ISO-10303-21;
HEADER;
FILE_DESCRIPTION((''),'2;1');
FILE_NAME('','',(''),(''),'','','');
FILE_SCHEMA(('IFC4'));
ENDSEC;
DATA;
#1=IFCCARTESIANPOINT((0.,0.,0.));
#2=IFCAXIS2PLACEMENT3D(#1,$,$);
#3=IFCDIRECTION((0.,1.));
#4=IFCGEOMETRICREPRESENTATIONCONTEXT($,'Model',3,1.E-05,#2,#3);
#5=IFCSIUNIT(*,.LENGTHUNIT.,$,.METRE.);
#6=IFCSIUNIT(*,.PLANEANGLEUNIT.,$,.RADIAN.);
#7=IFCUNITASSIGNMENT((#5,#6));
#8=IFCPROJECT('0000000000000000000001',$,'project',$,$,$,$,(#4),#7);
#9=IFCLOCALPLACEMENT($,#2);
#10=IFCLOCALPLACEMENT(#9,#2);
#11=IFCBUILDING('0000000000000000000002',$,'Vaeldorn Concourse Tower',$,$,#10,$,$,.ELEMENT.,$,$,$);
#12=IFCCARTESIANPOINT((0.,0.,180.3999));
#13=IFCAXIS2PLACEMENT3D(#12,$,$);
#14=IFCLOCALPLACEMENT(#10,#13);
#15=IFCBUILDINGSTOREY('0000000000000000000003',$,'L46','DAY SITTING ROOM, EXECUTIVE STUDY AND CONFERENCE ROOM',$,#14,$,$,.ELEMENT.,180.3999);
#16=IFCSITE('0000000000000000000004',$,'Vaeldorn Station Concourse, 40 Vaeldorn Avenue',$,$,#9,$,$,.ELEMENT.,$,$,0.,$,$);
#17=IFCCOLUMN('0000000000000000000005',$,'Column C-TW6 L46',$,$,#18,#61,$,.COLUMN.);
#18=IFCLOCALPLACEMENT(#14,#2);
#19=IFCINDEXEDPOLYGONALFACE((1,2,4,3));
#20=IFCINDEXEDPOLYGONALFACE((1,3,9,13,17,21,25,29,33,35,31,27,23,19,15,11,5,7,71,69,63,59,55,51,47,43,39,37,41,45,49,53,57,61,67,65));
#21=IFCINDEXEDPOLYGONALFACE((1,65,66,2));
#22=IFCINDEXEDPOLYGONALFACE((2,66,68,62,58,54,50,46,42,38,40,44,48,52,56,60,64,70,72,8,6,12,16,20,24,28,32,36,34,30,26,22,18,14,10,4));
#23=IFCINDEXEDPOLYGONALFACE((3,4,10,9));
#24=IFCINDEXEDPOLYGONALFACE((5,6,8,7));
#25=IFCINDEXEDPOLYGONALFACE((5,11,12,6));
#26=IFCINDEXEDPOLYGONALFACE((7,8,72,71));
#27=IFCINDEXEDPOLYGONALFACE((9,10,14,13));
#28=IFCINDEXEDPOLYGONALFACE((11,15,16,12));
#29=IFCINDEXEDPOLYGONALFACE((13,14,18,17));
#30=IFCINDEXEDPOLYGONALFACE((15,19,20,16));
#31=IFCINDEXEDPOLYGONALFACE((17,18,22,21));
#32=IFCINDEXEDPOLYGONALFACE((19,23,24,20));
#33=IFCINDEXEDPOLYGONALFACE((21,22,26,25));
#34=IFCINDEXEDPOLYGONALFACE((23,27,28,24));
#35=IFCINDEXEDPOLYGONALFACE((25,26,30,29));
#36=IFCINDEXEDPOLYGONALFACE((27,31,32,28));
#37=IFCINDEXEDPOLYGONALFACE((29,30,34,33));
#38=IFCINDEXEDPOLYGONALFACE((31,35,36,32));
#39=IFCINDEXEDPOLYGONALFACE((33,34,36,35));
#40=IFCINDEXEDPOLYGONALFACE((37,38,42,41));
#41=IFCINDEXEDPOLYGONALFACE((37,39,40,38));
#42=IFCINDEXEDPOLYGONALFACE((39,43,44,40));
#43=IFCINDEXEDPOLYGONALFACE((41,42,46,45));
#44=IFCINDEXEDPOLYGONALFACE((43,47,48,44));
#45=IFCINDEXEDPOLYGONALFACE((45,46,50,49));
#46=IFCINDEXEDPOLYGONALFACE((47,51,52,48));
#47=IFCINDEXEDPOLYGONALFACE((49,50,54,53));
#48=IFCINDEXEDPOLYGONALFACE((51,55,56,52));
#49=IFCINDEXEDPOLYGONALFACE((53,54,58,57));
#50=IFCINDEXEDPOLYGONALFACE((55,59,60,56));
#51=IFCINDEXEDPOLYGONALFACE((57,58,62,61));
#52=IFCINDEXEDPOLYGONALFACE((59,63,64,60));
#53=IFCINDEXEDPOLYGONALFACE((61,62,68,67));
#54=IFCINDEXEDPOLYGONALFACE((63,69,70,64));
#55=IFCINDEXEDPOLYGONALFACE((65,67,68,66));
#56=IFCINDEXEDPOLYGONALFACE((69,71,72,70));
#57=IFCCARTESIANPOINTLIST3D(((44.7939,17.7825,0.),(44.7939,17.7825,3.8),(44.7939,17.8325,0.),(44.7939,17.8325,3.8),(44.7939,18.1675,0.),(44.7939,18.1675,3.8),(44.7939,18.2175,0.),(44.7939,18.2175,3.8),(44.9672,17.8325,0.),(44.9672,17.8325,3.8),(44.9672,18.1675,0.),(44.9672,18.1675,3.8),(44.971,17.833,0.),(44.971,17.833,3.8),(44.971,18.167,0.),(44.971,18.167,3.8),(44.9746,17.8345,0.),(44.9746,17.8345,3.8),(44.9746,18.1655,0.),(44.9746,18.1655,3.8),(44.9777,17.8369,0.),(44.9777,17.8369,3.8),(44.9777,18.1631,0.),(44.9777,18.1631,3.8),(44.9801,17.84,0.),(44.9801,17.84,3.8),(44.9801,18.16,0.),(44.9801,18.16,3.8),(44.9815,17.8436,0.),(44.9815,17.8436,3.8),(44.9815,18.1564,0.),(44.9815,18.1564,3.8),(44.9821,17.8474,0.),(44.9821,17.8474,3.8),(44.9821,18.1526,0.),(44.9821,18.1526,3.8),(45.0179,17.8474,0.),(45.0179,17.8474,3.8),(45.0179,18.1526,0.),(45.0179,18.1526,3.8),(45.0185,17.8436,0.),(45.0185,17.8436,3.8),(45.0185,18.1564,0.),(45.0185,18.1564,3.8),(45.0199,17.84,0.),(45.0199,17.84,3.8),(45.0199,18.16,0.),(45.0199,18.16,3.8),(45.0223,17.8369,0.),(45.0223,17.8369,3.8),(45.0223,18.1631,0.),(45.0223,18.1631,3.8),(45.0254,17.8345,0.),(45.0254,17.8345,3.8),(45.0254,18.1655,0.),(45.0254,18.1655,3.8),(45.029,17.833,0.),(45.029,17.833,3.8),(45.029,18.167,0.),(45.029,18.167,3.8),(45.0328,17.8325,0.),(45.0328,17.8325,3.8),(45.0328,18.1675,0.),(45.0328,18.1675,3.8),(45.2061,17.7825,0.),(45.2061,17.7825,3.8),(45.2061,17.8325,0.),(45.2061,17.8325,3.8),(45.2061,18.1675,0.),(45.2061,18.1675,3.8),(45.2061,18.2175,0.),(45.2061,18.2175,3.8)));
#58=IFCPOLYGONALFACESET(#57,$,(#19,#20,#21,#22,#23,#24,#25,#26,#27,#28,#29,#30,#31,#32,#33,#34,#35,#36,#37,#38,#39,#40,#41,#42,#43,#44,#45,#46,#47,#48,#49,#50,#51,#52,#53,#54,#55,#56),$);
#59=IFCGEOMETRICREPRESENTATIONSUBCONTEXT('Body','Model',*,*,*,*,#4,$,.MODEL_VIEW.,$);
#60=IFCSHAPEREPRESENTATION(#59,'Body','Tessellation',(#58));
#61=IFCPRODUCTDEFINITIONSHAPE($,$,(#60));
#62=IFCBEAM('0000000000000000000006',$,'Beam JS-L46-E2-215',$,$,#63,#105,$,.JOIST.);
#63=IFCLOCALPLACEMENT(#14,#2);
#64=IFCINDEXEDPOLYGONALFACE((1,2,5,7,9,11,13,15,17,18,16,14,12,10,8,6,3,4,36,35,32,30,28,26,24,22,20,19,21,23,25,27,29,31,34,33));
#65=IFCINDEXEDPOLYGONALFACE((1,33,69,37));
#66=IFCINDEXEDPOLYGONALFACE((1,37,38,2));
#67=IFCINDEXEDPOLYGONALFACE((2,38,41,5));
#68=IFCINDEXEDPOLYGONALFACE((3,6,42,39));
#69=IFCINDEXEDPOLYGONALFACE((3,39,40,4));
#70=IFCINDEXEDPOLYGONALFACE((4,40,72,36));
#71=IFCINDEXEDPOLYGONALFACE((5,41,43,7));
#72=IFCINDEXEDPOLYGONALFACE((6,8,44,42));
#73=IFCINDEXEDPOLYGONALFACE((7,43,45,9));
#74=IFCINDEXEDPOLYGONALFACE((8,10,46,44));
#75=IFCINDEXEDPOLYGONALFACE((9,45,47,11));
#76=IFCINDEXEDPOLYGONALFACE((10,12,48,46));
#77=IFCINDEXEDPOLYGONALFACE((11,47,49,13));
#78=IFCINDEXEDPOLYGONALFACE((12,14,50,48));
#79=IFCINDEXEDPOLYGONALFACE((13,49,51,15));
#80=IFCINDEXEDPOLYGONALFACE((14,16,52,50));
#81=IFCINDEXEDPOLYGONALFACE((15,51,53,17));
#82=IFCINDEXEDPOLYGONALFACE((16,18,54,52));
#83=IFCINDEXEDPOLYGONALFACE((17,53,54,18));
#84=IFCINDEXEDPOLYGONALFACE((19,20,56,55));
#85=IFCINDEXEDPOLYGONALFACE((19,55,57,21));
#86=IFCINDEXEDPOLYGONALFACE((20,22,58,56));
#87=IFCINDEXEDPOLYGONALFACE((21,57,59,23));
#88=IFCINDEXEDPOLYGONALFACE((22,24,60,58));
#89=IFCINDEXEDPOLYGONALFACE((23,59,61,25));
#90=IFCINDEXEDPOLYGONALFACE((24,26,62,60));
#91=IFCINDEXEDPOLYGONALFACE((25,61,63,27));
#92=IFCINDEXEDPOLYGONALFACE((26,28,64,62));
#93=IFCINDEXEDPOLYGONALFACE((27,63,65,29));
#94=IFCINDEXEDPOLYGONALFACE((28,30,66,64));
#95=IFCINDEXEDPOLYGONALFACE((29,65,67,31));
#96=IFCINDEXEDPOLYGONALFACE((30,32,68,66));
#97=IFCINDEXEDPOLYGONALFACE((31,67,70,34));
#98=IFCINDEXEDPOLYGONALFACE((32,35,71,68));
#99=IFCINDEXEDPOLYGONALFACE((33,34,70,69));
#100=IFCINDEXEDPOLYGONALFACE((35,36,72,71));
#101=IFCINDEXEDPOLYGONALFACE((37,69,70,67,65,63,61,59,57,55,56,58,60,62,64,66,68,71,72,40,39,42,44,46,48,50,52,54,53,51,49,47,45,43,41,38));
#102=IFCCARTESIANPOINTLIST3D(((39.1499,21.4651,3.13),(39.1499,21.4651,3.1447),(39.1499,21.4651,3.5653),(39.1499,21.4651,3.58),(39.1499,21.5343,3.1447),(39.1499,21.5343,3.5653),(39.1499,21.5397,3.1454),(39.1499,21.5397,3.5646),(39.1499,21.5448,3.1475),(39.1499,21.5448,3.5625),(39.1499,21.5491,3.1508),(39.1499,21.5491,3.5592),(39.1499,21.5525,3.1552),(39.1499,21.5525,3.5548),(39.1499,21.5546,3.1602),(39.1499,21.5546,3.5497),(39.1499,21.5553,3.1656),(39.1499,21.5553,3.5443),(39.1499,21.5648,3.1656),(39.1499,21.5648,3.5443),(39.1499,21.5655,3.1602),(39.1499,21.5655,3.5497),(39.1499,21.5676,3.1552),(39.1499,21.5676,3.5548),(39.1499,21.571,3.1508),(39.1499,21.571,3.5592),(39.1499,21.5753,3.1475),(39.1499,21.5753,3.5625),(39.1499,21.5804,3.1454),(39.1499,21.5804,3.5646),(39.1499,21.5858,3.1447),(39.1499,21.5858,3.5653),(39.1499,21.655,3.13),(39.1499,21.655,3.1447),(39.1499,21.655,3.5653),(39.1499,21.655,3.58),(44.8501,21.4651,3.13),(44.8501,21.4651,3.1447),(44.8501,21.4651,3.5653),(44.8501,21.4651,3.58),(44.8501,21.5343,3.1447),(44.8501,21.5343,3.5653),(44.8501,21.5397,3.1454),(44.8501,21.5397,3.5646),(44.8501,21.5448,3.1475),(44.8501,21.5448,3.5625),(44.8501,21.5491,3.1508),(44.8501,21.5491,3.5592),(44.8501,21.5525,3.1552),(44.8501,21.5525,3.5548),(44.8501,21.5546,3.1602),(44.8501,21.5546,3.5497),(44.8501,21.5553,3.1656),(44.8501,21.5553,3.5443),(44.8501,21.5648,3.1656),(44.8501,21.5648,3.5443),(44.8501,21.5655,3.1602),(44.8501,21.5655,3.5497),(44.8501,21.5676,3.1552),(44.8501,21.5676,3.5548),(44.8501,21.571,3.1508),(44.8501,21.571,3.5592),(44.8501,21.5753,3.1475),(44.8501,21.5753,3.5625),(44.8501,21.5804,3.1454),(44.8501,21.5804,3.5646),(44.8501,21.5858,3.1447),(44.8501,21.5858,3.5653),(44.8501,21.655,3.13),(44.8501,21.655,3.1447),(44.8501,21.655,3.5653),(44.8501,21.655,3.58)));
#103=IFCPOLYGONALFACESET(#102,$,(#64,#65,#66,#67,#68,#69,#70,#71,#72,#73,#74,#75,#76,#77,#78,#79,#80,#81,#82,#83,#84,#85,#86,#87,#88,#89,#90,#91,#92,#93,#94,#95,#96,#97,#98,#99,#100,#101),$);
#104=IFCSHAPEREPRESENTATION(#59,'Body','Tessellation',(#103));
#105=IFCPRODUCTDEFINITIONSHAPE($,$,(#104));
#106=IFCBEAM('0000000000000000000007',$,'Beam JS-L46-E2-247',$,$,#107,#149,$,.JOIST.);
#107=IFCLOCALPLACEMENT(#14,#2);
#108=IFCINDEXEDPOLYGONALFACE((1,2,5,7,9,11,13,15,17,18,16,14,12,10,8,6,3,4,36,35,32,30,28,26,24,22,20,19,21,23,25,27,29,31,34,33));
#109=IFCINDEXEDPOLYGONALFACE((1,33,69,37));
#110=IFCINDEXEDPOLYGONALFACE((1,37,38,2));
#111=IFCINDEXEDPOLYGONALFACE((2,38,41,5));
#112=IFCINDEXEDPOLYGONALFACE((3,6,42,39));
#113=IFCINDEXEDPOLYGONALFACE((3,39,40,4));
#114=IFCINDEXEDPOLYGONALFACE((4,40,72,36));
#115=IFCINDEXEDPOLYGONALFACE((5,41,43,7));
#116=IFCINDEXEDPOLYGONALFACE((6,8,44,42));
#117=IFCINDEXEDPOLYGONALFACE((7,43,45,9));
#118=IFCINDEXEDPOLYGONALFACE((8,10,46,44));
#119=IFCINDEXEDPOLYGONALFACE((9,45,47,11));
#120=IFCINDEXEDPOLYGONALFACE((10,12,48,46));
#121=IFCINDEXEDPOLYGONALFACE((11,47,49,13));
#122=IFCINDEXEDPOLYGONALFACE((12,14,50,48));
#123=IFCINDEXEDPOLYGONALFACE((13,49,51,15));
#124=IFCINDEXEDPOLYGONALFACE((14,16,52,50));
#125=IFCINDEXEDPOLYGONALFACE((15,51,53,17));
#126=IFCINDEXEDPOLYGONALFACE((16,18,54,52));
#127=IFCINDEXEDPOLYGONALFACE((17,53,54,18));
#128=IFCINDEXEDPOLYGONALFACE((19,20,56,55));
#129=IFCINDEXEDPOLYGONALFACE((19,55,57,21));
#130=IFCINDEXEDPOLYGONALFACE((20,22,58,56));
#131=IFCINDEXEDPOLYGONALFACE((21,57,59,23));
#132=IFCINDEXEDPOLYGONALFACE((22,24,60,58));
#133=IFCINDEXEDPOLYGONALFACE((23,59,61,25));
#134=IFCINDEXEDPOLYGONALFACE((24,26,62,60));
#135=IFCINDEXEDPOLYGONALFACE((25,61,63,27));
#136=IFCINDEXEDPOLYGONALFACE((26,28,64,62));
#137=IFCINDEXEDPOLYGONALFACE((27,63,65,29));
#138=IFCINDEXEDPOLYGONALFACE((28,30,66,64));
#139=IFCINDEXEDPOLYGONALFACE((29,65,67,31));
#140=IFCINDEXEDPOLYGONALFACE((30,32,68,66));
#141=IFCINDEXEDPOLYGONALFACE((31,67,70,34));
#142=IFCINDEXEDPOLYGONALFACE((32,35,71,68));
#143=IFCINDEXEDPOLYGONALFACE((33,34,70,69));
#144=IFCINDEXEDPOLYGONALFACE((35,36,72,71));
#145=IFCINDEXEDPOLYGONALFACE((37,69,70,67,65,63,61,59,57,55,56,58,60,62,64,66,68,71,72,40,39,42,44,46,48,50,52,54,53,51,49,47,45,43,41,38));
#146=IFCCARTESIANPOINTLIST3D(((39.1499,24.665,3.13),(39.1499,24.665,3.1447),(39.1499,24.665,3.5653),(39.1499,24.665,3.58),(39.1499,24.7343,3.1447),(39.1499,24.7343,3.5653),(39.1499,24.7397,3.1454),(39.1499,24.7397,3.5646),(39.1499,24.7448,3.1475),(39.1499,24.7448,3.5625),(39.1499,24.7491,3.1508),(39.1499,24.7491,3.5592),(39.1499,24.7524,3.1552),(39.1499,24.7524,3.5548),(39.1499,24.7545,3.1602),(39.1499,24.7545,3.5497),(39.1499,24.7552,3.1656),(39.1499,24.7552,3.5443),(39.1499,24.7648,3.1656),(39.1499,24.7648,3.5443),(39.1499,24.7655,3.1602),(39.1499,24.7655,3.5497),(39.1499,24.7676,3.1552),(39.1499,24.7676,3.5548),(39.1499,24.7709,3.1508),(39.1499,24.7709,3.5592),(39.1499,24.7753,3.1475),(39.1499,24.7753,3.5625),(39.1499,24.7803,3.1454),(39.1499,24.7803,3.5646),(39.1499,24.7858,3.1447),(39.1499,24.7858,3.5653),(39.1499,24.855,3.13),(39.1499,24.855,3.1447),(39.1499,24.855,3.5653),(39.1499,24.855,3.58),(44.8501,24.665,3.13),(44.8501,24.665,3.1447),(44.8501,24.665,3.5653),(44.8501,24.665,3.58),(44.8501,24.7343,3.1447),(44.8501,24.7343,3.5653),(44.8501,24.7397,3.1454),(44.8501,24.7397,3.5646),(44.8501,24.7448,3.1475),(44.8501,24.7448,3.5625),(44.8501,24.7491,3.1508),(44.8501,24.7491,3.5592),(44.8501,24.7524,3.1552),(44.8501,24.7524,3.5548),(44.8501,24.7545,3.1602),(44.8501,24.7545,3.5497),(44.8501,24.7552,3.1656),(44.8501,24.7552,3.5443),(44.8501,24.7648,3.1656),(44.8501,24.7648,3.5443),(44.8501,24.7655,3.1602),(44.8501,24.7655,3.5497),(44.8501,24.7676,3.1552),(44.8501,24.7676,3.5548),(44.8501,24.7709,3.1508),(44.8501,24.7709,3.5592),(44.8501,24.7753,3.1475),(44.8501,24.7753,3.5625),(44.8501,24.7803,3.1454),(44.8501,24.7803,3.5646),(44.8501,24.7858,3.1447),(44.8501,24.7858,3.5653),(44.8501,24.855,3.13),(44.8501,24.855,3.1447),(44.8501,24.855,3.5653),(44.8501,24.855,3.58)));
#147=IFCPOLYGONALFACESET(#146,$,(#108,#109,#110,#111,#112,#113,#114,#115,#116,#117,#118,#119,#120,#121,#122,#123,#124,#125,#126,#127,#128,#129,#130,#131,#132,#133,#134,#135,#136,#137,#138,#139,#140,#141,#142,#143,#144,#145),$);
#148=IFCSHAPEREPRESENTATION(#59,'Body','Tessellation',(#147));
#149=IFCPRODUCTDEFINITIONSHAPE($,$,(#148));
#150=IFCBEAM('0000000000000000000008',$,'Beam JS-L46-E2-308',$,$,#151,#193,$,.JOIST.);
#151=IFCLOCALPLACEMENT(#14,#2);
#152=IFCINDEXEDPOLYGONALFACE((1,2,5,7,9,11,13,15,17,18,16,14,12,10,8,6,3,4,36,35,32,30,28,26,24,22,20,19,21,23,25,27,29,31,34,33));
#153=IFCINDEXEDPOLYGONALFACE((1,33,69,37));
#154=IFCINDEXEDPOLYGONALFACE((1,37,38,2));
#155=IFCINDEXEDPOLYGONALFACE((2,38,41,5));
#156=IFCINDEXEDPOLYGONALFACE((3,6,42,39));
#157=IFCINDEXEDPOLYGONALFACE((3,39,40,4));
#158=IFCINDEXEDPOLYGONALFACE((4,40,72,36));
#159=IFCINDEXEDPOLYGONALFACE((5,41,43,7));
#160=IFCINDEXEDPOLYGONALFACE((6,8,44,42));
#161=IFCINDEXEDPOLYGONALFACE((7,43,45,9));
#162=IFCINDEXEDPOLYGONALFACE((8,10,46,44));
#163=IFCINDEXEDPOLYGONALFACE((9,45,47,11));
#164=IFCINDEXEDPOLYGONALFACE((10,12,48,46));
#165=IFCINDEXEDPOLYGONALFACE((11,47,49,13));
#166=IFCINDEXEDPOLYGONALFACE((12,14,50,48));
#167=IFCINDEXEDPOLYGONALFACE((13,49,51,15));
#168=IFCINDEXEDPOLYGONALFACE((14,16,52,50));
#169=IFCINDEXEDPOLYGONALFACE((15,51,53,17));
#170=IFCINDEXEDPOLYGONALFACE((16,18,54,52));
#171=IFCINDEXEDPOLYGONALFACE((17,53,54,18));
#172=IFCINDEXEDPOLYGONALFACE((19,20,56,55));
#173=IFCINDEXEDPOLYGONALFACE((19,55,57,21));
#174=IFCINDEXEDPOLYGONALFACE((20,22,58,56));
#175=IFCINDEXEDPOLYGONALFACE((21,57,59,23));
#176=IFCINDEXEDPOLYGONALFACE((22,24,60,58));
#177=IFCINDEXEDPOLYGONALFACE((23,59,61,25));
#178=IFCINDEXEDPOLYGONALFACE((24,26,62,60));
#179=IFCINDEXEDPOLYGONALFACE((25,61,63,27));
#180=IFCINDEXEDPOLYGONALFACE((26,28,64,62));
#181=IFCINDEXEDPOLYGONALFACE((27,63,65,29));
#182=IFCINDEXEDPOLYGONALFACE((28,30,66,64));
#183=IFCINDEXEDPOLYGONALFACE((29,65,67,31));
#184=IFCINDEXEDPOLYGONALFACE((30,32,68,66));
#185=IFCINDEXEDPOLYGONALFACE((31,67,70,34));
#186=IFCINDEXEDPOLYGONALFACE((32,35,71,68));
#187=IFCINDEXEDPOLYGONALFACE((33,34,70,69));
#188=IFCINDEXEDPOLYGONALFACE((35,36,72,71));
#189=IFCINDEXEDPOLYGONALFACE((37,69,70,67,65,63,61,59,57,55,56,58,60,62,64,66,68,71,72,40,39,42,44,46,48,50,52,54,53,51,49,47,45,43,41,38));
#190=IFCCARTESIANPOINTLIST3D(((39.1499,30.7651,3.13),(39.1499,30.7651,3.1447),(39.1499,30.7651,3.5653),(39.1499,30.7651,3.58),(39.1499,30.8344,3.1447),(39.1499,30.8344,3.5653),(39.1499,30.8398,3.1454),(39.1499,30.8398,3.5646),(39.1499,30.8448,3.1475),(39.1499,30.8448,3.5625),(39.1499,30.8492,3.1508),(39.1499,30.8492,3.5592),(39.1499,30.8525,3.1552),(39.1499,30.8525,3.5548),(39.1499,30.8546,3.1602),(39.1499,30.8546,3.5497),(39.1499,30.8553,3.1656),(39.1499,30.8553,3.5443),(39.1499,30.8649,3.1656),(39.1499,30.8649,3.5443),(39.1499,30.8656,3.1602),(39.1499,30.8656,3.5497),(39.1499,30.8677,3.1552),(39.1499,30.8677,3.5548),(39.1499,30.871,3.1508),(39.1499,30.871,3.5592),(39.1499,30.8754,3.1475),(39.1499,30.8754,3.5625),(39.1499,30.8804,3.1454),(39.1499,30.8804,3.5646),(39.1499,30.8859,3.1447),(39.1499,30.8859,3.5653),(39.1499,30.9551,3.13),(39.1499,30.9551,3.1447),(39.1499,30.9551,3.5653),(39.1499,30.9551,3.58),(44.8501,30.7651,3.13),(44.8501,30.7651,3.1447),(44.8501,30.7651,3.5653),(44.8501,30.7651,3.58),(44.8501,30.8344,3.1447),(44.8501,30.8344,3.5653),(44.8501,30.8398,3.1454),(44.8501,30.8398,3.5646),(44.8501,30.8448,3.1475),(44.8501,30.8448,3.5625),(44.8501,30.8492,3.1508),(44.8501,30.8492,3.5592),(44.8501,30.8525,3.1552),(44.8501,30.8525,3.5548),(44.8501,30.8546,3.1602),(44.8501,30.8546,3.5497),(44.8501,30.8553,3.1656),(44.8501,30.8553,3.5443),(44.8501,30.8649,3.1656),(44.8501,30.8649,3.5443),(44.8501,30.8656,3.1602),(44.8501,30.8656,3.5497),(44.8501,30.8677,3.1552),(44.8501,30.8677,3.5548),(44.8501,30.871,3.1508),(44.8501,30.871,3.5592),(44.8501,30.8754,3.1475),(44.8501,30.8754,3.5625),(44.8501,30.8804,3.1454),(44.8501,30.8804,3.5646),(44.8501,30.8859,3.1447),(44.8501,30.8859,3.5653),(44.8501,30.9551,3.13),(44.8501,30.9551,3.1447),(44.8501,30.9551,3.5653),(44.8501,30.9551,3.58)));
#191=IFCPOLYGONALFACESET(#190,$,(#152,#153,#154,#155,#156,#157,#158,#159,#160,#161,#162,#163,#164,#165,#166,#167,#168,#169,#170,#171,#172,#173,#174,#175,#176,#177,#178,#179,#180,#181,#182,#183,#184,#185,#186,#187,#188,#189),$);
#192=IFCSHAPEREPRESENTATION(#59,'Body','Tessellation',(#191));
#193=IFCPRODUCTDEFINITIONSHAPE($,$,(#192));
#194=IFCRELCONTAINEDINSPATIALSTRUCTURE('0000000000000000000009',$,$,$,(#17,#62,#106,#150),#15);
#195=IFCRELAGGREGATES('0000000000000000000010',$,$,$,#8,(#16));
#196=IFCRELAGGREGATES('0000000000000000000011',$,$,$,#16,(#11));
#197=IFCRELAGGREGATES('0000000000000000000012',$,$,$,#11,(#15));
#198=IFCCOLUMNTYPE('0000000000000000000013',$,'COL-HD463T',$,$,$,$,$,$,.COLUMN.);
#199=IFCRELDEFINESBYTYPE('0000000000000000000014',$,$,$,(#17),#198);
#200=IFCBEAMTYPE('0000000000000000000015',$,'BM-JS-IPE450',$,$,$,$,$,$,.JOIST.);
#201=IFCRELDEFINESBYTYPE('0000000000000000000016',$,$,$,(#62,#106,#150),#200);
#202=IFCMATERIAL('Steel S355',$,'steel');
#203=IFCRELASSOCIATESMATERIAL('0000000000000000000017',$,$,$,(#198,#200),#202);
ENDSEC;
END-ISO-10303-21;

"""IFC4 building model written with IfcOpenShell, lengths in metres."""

from ifc_helpers import new_model, si_unit, direction, frame, origin, origin_2d, place, context, subcontext, project, spatial, i_section, extrude, source, transform, mapped, material, material_profile, profile_set, type_object, element, save


model = new_model("IFC4")

# Units and contexts
model_context = context("Model", 3, precision=1e-05, world=origin(), true_north=direction((0.0, 1.0)))
body_context = subcontext(model_context, "Body", "Model", "MODEL_VIEW")
ifc_project = project(units=[si_unit("LENGTHUNIT", "METRE"), si_unit("PLANEANGLEUNIT", "RADIAN")], contexts=[model_context])

# Site, building, storey
site_placement = place(None, origin())
site = spatial("IfcSite", under=ifc_project, at=site_placement, Name="Vaeldorn Station Concourse, 40 Vaeldorn Avenue", CompositionType="ELEMENT", RefElevation=0.0)
building_placement = place(site_placement, origin())
building = spatial("IfcBuilding", under=site, at=building_placement, Name="Vaeldorn Concourse Tower", CompositionType="ELEMENT")
storey_placement = place(building_placement, frame((0.0, 0.0, 180.3999)))
storey = spatial("IfcBuildingStorey", under=building, at=storey_placement, Name="L46", Description="DAY SITTING ROOM, EXECUTIVE STUDY AND CONFERENCE ROOM", CompositionType="ELEMENT", Elevation=180.3999)

# Column
ifc_material_1 = material(Name="Steel S355", Category="steel")
ifc_material_profile_1 = material_profile(ifc_material_1, i_section(OverallWidth=0.4121, OverallDepth=0.4351, WebThickness=0.0359, FlangeThickness=0.05, FilletRadius=0.0149, at=origin_2d()), Name="HD 400x463")
ifc_profile_set_1 = profile_set([ifc_material_profile_1], Name="Steel S355")
column_type_1 = type_object("IfcColumnType", Name="COL-HD463T", PredefinedType="COLUMN", material=ifc_profile_set_1)
shared_shape_1 = source(origin(), body_context, "Body", "SweptSolid", [
    extrude(i_section(OverallWidth=0.4121, OverallDepth=0.4351, WebThickness=0.0359, FlangeThickness=0.05, FilletRadius=0.0149, at=origin_2d()), origin(), (0.0, 0.0, 1.0), 3.8),
])
for number, where, z_axis, x_axis, name in (
    (1, (45.0, 18.0, 0.0), (0.0, 0.0, 1.0), (1.0, 0.0, 0.0), "Column C-TW6 L46"),
):
    element("IfcColumn", number, at=place(storey_placement, frame(where, z_axis=z_axis, x_axis=x_axis)), inside=storey, type_object=column_type_1, Name=name, PredefinedType="COLUMN", context=body_context, shape_type="MappedRepresentation", body=[
        mapped(shared_shape_1, transform((0.0, 0.0, 0.0), scale=1.0)),
    ])

# Beams
ifc_material_profile_2 = material_profile(ifc_material_1, i_section(OverallWidth=0.1899, OverallDepth=0.45, WebThickness=0.0095, FlangeThickness=0.0146, FilletRadius=0.021, at=origin_2d()), Name="IPE 450")
ifc_profile_set_2 = profile_set([ifc_material_profile_2], Name="Steel S355")
beam_type_1 = type_object("IfcBeamType", Name="BM-JS-IPE450", PredefinedType="JOIST", material=ifc_profile_set_2)
shared_shape_2 = source(origin(), body_context, "Body", "SweptSolid", [
    extrude(i_section(OverallWidth=0.1899, OverallDepth=0.45, WebThickness=0.0095, FlangeThickness=0.0146, FilletRadius=0.021, at=origin_2d()), origin(), (0.0, 0.0, 1.0), 5.7002),
])
for number, where, z_axis, x_axis, name in (
    (2, (39.1499, 21.5601, 3.355), (1.0, 0.0, 0.0), (0.0, 1.0, 0.0), "Beam JS-L46-E2-215"),
    (3, (39.1499, 24.76, 3.355), (1.0, 0.0, 0.0), (0.0, 1.0, 0.0), "Beam JS-L46-E2-247"),
    (4, (39.1499, 30.8601, 3.355), (1.0, 0.0, 0.0), (0.0, 1.0, 0.0), "Beam JS-L46-E2-308"),
):
    element("IfcBeam", number, at=place(storey_placement, frame(where, z_axis=z_axis, x_axis=x_axis)), inside=storey, type_object=beam_type_1, Name=name, PredefinedType="JOIST", context=body_context, shape_type="MappedRepresentation", body=[
        mapped(shared_shape_2, transform((0.0, 0.0, 0.0), scale=1.0)),
    ])

save(model, "model.ifc")
